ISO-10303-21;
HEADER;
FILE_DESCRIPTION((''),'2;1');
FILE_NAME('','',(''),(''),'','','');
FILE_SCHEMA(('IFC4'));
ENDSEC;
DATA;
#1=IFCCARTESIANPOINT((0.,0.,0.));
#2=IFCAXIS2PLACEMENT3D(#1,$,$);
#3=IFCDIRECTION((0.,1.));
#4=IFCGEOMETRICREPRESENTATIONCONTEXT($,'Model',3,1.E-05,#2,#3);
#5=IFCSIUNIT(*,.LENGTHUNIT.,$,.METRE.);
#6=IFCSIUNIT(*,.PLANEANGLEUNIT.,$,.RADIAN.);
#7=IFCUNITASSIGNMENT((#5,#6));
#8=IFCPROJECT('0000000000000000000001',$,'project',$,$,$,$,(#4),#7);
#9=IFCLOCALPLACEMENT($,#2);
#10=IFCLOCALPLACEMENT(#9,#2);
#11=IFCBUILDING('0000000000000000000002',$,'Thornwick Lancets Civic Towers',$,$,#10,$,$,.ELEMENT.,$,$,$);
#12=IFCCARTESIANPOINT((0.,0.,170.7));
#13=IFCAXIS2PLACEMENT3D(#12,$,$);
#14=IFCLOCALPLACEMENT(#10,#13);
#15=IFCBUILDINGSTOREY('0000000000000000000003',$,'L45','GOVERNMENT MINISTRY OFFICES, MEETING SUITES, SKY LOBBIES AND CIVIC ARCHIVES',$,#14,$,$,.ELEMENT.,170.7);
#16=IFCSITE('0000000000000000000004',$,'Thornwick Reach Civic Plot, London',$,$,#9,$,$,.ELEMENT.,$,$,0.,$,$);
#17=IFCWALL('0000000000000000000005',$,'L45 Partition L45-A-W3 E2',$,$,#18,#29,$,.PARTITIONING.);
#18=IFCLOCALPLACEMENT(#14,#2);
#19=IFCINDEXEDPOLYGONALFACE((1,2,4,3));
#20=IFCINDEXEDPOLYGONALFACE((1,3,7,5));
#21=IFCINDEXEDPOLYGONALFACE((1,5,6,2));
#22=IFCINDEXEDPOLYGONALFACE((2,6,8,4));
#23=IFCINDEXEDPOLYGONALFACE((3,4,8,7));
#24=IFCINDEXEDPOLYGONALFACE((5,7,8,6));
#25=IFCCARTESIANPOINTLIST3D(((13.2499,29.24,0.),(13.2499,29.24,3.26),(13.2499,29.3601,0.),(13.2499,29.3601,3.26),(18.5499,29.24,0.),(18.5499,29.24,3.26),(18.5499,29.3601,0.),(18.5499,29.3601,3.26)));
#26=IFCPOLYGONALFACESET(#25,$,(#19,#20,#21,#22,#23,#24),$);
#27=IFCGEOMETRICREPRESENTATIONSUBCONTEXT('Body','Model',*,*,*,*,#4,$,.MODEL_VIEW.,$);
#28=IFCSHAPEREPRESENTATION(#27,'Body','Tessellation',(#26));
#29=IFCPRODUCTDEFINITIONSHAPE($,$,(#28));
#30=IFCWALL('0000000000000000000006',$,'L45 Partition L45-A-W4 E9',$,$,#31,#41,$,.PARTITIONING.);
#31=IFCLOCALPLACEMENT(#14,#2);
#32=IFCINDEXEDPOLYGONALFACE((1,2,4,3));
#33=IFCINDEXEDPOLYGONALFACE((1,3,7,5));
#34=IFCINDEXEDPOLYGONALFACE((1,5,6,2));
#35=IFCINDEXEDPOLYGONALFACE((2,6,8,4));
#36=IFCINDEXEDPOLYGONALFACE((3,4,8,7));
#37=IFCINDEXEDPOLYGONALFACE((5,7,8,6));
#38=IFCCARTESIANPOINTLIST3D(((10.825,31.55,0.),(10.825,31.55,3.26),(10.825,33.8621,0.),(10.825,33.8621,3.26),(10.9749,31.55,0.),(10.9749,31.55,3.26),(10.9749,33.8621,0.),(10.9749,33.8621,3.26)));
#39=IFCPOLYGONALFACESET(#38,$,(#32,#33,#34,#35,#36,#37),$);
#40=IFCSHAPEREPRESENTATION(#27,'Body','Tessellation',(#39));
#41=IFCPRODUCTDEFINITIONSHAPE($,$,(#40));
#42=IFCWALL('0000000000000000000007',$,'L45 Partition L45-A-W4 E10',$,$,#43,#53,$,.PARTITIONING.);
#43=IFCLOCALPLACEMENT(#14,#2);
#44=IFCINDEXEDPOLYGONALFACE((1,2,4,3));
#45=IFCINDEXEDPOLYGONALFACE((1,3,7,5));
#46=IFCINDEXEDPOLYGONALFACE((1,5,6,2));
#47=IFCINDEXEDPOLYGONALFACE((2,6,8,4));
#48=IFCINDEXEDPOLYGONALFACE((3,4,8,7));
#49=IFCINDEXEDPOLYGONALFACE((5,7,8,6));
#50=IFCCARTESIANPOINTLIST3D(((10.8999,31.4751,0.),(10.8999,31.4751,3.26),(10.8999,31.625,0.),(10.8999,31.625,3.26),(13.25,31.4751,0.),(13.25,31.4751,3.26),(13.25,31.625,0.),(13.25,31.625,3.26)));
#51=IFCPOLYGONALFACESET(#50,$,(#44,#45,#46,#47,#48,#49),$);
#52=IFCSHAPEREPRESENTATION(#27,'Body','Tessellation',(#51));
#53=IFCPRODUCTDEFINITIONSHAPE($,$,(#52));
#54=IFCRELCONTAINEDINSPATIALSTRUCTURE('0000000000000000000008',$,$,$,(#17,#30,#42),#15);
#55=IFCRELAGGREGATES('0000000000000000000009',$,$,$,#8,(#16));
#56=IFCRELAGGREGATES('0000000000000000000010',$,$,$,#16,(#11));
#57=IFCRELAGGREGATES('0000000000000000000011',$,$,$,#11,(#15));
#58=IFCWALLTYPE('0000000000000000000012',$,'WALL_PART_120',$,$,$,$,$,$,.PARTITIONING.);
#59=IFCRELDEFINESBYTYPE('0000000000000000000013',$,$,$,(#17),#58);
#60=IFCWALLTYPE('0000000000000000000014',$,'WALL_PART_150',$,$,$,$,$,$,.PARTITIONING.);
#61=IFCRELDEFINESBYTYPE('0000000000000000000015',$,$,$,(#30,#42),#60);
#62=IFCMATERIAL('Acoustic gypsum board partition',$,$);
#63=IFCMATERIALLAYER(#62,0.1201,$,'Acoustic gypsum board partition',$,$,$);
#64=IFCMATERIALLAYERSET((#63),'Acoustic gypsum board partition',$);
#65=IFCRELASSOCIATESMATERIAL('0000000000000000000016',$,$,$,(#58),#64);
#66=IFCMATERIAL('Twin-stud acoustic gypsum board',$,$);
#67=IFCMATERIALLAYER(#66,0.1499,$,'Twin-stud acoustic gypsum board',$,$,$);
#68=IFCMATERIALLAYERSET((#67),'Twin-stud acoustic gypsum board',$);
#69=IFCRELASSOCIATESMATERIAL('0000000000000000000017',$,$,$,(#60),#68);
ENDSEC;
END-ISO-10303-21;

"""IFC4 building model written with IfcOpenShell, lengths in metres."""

from ifc_helpers import new_model, si_unit, direction, frame, frame_2d, origin, place, context, subcontext, project, spatial, rectangle, extrude, material, layer, layer_set, type_object, element, save


model = new_model("IFC4")

# Units and contexts
model_context = context("Model", 3, precision=1e-05, world=origin(), true_north=direction((0.0, 1.0)))
body_context = subcontext(model_context, "Body", "Model", "MODEL_VIEW")
ifc_project = project(units=[si_unit("LENGTHUNIT", "METRE"), si_unit("PLANEANGLEUNIT", "RADIAN")], contexts=[model_context])

# Site, building, storey
site_placement = place(None, origin())
site = spatial("IfcSite", under=ifc_project, at=site_placement, Name="Thornwick Reach Civic Plot, London", CompositionType="ELEMENT", RefElevation=0.0)
building_placement = place(site_placement, origin())
building = spatial("IfcBuilding", under=site, at=building_placement, Name="Thornwick Lancets Civic Towers", CompositionType="ELEMENT")
storey_placement = place(building_placement, frame((0.0, 0.0, 170.7)))
storey = spatial("IfcBuildingStorey", under=building, at=storey_placement, Name="L45", Description="GOVERNMENT MINISTRY OFFICES, MEETING SUITES, SKY LOBBIES AND CIVIC ARCHIVES", CompositionType="ELEMENT", Elevation=170.7)

# Wall
ifc_material_1 = material(Name="Acoustic gypsum board partition")
ifc_layer_1 = layer(ifc_material_1, 0.1201, Name="Acoustic gypsum board partition")
ifc_layer_set_1 = layer_set([ifc_layer_1], Name="Acoustic gypsum board partition")
wall_type_1 = type_object("IfcWallType", Name="WALL_PART_120", PredefinedType="PARTITIONING", material=ifc_layer_set_1)
wall_1_placement = place(storey_placement, frame((13.25, 29.3, 0.0), z_axis=(0.0, 0.0, 1.0), x_axis=(1.0, 0.0, 0.0)))
element("IfcWall", 1, at=wall_1_placement, inside=storey, type_object=wall_type_1, Name="L45 Partition L45-A-W3 E2", PredefinedType="PARTITIONING", context=body_context, shape_type="SweptSolid", body=[
    extrude(rectangle(XDim=5.3, YDim=0.1201, at=frame_2d((2.6499, 0.0))), origin(), (0.0, 0.0, 1.0), 3.26),
])

# Shared definitions
ifc_material_2 = material(Name="Twin-stud acoustic gypsum board")
ifc_layer_2 = layer(ifc_material_2, 0.1499, Name="Twin-stud acoustic gypsum board")
ifc_layer_set_2 = layer_set([ifc_layer_2], Name="Twin-stud acoustic gypsum board")
wall_type_2 = type_object("IfcWallType", Name="WALL_PART_150", PredefinedType="PARTITIONING", material=ifc_layer_set_2)

# Walls
wall_2_placement = place(storey_placement, frame((10.8999, 33.8621, 0.0), z_axis=(0.0, 0.0, 1.0), x_axis=(0.0, -1.0, 0.0)))
element("IfcWall", 2, at=wall_2_placement, inside=storey, type_object=wall_type_2, Name="L45 Partition L45-A-W4 E9", PredefinedType="PARTITIONING", context=body_context, shape_type="SweptSolid", body=[
    extrude(rectangle(XDim=2.312, YDim=0.1499, at=frame_2d((1.156, 0.0))), origin(), (0.0, 0.0, 1.0), 3.26),
])
wall_3_placement = place(storey_placement, frame((10.8999, 31.55, 0.0), z_axis=(0.0, 0.0, 1.0), x_axis=(1.0, 0.0, 0.0)))
element("IfcWall", 3, at=wall_3_placement, inside=storey, type_object=wall_type_2, Name="L45 Partition L45-A-W4 E10", PredefinedType="PARTITIONING", context=body_context, shape_type="SweptSolid", body=[
    extrude(rectangle(XDim=2.3501, YDim=0.1499, at=frame_2d((1.175, 0.0))), origin(), (0.0, 0.0, 1.0), 3.26),
])

save(model, "model.ifc")
